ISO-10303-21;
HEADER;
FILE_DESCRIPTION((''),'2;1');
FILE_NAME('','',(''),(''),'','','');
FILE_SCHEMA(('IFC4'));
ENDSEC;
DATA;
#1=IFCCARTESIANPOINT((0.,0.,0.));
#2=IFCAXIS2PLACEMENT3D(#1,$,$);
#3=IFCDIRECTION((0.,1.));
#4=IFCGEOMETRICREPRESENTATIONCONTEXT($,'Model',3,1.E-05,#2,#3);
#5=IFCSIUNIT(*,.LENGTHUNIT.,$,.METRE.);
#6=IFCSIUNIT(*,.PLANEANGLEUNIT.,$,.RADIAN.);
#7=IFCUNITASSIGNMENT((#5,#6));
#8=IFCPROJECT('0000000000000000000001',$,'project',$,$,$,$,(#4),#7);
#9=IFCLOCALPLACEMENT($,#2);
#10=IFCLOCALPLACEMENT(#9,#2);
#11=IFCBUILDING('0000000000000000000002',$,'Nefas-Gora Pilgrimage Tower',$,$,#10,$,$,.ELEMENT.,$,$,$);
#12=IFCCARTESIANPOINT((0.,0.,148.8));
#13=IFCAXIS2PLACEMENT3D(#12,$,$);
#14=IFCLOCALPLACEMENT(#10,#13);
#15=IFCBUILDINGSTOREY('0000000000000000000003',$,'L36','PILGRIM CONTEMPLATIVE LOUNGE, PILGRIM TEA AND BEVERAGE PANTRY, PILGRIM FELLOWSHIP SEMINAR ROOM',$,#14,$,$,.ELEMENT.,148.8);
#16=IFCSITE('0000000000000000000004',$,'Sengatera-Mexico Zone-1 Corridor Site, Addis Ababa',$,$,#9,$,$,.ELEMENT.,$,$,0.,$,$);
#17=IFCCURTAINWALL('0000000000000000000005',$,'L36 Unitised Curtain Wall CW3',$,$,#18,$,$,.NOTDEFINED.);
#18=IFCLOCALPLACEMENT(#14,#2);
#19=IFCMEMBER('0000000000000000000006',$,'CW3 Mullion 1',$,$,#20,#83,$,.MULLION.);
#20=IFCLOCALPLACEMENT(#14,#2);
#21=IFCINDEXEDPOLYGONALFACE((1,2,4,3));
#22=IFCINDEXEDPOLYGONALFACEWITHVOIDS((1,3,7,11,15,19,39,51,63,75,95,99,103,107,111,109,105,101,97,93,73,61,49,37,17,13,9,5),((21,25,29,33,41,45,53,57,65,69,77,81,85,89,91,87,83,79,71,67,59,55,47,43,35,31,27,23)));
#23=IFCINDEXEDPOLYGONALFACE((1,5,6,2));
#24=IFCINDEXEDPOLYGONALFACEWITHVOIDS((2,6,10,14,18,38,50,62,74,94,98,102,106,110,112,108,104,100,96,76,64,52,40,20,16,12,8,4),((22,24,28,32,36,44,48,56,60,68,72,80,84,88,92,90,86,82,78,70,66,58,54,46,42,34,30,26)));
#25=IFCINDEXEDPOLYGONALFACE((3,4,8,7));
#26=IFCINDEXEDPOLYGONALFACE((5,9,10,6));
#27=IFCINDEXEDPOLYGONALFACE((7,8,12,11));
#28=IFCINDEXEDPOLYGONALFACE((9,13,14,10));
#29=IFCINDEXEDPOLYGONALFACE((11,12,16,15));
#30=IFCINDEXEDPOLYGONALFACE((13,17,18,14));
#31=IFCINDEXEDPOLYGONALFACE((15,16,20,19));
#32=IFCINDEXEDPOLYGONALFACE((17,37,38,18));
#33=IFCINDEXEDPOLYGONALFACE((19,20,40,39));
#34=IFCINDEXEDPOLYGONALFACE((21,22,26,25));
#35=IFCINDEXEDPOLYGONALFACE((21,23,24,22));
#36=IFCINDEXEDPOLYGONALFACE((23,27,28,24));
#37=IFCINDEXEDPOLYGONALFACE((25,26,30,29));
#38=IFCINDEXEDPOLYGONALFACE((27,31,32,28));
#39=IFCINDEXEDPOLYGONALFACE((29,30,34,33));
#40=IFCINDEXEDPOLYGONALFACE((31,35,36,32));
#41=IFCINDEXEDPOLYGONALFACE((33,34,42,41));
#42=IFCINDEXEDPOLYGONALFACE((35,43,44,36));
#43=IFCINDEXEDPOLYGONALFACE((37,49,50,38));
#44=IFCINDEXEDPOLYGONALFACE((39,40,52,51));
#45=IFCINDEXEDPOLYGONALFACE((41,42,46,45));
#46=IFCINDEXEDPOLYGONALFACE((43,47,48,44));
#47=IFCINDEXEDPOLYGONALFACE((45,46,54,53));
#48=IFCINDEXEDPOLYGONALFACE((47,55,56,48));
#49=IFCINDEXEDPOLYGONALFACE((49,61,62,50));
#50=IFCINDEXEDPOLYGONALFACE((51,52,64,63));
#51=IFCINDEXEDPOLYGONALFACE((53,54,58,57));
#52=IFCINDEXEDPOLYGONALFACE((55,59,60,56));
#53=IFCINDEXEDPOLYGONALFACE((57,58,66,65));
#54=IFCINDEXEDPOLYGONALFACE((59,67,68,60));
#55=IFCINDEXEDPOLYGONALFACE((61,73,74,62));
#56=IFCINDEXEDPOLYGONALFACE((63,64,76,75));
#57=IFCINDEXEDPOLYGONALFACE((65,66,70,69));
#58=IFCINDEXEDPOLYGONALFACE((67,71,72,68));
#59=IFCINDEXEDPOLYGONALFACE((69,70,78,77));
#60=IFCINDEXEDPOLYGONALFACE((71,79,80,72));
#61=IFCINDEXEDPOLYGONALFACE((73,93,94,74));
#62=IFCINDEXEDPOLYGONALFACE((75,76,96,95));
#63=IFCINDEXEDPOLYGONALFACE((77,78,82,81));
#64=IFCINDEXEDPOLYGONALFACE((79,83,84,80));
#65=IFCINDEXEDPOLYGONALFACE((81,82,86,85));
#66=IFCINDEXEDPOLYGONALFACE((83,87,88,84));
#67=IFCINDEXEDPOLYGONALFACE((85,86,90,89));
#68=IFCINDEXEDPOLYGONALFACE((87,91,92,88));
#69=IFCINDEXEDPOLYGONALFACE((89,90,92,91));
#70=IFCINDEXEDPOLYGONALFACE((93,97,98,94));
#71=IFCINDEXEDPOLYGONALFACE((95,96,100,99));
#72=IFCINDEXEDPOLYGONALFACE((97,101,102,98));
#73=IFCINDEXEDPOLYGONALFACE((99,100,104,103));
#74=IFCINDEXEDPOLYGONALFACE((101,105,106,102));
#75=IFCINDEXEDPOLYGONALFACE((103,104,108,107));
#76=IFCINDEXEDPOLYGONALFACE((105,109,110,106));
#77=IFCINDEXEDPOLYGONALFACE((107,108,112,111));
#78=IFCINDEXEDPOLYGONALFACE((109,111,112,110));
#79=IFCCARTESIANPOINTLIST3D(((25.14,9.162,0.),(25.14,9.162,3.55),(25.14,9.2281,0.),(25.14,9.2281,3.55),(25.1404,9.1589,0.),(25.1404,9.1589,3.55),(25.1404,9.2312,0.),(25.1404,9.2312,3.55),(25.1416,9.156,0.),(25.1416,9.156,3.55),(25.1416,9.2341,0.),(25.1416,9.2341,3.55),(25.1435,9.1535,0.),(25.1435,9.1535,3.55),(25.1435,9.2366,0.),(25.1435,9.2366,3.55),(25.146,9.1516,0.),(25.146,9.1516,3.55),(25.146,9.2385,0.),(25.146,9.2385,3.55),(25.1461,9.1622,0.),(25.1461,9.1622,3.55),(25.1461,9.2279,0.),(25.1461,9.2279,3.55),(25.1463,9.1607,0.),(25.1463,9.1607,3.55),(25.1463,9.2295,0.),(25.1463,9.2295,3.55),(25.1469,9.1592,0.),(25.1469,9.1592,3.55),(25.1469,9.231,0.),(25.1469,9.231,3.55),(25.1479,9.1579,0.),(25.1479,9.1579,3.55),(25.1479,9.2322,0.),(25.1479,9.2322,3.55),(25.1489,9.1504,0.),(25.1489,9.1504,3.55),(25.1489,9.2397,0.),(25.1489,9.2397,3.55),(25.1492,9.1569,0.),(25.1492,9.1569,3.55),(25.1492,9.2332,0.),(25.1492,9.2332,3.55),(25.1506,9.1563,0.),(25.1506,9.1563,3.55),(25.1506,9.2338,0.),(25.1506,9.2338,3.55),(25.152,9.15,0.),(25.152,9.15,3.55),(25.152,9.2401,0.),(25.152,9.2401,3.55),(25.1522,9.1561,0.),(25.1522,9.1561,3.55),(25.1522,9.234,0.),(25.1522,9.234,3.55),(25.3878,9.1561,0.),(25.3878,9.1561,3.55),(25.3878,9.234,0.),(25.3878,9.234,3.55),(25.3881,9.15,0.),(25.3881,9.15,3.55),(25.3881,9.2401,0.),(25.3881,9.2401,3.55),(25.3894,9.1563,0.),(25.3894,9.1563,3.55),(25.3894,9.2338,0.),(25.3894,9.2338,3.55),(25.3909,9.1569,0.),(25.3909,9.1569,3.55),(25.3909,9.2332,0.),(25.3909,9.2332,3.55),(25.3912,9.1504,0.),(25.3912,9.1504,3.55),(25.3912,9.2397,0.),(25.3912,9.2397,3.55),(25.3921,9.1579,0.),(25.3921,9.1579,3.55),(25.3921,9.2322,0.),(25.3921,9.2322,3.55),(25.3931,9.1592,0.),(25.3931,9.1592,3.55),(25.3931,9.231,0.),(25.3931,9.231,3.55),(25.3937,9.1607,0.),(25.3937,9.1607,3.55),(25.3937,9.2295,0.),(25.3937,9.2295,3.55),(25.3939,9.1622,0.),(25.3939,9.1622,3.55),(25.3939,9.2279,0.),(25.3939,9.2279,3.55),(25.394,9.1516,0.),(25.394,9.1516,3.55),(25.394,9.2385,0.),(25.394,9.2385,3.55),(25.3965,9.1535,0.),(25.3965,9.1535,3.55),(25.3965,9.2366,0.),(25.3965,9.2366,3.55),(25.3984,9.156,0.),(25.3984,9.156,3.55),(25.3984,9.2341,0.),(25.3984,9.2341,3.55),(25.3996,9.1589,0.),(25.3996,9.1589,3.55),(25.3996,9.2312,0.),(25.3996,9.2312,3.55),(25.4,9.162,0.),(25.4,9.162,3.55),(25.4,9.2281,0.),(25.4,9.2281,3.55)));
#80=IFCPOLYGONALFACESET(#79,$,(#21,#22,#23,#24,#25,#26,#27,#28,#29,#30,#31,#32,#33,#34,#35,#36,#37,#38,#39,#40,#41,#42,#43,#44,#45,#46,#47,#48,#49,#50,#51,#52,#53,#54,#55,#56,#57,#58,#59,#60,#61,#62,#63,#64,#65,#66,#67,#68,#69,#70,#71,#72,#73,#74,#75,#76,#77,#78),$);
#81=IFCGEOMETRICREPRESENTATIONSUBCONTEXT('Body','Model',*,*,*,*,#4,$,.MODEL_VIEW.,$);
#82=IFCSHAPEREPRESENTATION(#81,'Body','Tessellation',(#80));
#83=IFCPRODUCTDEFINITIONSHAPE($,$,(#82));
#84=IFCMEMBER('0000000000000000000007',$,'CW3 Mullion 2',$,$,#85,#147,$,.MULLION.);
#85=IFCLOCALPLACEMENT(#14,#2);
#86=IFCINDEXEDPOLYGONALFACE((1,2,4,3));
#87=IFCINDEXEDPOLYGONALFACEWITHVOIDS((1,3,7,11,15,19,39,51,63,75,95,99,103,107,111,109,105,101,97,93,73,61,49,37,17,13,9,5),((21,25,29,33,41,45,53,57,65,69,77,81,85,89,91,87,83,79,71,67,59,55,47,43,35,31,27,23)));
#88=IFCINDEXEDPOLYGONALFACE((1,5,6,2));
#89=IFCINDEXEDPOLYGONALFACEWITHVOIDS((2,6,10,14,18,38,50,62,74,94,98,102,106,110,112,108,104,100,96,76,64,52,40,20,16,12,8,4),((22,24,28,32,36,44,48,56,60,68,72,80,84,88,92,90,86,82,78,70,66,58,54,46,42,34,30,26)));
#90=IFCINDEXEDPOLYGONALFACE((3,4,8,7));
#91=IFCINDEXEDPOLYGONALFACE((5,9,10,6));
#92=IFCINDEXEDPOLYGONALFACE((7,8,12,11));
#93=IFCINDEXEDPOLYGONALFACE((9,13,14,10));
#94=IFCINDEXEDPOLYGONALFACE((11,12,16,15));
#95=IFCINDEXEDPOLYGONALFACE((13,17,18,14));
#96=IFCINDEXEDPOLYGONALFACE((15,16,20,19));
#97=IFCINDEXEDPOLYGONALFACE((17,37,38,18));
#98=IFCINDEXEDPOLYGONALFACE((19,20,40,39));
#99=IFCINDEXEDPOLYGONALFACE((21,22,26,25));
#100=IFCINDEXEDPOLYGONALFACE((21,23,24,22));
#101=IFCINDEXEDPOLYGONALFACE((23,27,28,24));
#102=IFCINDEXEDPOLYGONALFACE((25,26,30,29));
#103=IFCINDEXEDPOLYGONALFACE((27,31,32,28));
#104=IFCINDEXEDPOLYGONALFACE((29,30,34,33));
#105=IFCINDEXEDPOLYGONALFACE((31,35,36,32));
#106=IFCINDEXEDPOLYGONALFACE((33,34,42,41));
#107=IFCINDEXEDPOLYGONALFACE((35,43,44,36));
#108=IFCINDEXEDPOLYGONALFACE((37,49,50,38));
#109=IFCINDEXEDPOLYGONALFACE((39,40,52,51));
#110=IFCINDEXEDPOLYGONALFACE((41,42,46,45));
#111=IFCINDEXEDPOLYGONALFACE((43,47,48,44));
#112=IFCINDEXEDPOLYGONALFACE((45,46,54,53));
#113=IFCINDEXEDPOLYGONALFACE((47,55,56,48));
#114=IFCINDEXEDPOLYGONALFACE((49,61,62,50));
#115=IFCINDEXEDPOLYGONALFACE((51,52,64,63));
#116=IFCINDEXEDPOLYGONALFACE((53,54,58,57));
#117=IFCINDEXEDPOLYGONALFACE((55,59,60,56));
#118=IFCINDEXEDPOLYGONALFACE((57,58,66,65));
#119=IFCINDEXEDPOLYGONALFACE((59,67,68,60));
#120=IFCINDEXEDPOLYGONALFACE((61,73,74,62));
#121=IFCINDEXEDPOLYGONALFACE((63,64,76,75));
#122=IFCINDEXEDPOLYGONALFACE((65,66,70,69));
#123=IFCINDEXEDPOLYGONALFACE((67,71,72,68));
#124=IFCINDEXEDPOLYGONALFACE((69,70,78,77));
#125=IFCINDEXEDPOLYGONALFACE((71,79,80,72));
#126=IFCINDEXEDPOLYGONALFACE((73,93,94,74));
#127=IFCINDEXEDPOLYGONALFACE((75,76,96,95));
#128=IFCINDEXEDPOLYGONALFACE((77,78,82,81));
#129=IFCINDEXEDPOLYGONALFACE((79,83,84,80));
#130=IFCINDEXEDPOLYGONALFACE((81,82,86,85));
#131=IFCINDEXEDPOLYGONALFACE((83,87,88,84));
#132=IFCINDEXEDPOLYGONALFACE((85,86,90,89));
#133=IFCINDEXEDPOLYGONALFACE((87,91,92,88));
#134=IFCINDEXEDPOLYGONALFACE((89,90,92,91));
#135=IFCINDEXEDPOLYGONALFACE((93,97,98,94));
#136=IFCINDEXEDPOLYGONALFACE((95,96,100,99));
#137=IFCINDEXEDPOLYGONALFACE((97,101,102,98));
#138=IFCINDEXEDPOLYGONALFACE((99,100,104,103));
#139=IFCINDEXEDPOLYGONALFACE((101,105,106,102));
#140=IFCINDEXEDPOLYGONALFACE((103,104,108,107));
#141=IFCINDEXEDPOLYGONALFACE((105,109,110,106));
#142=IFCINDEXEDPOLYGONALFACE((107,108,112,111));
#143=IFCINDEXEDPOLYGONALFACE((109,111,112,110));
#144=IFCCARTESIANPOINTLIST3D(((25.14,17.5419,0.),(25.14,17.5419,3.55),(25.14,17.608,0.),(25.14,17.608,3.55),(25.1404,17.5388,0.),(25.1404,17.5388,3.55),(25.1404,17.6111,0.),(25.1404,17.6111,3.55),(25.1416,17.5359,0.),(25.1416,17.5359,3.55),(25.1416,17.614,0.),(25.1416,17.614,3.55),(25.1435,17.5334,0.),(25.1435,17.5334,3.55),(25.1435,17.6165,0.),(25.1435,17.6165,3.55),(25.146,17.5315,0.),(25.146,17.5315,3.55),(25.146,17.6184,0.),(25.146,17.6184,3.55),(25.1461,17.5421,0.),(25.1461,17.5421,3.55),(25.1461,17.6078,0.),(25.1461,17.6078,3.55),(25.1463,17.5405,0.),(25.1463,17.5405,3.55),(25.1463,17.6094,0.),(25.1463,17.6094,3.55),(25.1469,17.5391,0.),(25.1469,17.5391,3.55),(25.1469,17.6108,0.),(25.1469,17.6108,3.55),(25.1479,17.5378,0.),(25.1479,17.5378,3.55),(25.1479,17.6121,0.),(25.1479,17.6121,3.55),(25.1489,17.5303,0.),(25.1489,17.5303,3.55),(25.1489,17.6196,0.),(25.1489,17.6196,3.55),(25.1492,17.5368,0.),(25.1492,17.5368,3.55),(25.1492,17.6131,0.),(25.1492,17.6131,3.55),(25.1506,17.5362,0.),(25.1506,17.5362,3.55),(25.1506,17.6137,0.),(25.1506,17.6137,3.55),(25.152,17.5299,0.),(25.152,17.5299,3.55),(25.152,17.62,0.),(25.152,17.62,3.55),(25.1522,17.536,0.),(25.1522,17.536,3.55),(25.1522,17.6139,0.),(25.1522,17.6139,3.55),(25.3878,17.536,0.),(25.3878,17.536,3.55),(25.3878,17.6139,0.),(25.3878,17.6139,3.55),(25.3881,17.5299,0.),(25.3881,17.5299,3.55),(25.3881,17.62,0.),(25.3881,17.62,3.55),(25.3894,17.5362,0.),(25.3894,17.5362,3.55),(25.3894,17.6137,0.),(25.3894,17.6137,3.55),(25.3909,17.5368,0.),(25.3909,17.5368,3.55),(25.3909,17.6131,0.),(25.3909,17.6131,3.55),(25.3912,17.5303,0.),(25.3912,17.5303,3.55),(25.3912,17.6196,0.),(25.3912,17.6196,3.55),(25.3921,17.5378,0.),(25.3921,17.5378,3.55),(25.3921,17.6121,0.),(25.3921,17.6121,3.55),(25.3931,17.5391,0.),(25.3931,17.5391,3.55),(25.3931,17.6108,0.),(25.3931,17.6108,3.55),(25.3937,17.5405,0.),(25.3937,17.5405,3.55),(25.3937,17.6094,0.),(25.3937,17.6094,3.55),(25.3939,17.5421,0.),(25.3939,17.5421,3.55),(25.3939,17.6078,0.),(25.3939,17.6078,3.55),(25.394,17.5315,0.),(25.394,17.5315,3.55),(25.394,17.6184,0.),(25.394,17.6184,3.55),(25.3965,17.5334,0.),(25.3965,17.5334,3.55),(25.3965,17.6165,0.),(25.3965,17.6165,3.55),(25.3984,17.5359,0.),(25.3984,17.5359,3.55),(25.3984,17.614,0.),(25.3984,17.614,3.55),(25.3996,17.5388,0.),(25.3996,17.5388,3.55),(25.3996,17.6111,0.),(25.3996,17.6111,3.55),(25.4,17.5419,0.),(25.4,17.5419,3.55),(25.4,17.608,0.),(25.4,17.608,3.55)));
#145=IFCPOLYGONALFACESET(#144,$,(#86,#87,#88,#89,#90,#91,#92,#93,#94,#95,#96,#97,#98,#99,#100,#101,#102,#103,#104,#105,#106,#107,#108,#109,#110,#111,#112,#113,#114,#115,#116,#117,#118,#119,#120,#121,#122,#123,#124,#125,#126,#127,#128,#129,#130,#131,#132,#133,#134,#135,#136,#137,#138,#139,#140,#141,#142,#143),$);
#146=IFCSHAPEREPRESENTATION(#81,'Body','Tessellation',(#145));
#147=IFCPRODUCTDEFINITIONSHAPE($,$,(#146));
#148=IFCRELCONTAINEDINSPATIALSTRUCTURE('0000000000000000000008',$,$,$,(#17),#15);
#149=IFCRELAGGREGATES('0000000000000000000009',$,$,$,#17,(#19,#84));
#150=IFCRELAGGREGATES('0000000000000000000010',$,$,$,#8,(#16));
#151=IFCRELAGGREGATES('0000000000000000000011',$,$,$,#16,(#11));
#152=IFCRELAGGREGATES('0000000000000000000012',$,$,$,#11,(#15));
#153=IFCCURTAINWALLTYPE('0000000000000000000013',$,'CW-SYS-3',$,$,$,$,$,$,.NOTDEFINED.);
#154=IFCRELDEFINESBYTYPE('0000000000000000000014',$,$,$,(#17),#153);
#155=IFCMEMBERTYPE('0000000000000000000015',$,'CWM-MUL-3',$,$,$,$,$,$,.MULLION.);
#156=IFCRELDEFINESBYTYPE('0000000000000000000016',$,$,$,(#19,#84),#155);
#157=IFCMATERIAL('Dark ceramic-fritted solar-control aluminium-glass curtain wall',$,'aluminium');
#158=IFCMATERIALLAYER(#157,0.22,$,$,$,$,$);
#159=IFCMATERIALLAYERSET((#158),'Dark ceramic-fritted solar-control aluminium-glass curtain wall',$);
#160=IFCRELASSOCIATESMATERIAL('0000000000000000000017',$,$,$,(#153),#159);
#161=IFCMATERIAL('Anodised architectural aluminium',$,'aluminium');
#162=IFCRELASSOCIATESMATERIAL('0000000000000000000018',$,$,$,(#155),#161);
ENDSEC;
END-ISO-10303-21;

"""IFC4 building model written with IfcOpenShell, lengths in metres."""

from ifc_helpers import new_model, si_unit, direction, frame, origin, origin_2d, place, context, subcontext, project, spatial, hollow_rectangle, extrude, source, transform, mapped, material, layer, layer_set, material_profile, profile_set, type_object, element, aggregate, save


model = new_model("IFC4")

# Units and contexts
model_context = context("Model", 3, precision=1e-05, world=origin(), true_north=direction((0.0, 1.0)))
body_context = subcontext(model_context, "Body", "Model", "MODEL_VIEW")
ifc_project = project(units=[si_unit("LENGTHUNIT", "METRE"), si_unit("PLANEANGLEUNIT", "RADIAN")], contexts=[model_context])

# Site, building, storey
site_placement = place(None, origin())
site = spatial("IfcSite", under=ifc_project, at=site_placement, Name="Sengatera-Mexico Zone-1 Corridor Site, Addis Ababa", CompositionType="ELEMENT", RefElevation=0.0)
building_placement = place(site_placement, origin())
building = spatial("IfcBuilding", under=site, at=building_placement, Name="Nefas-Gora Pilgrimage Tower", CompositionType="ELEMENT")
storey_placement = place(building_placement, frame((0.0, 0.0, 148.8)))
storey = spatial("IfcBuildingStorey", under=building, at=storey_placement, Name="L36", Description="PILGRIM CONTEMPLATIVE LOUNGE, PILGRIM TEA AND BEVERAGE PANTRY, PILGRIM FELLOWSHIP SEMINAR ROOM", CompositionType="ELEMENT", Elevation=148.8)

# Curtain wall, members
ifc_material_1 = material(Name="Dark ceramic-fritted solar-control aluminium-glass curtain wall", Category="aluminium")
ifc_layer_1 = layer(ifc_material_1, 0.22)
ifc_layer_set_1 = layer_set([ifc_layer_1], Name="Dark ceramic-fritted solar-control aluminium-glass curtain wall")
curtain_wall_type = type_object("IfcCurtainWallType", Name="CW-SYS-3", PredefinedType="NOTDEFINED", material=ifc_layer_set_1)
curtain_wall_1_placement = place(storey_placement, origin())
curtain_wall_1 = element("IfcCurtainWall", 1, at=curtain_wall_1_placement, inside=storey, type_object=curtain_wall_type, Name="L36 Unitised Curtain Wall CW3", PredefinedType="NOTDEFINED")
ifc_material_2 = material(Name="Anodised architectural aluminium", Category="aluminium")
ifc_material_profile_1 = material_profile(ifc_material_2, hollow_rectangle(XDim=0.0901, YDim=0.26, WallThickness=0.0061, InnerFilletRadius=0.0061, OuterFilletRadius=0.012, at=origin_2d()), Name="ALU MULLION 90x260")
ifc_profile_set_1 = profile_set([ifc_material_profile_1], Name="Anodised architectural aluminium")
member_type_1 = type_object("IfcMemberType", Name="CWM-MUL-3", PredefinedType="MULLION", material=ifc_profile_set_1)
shared_shape_1 = source(origin(), body_context, "Body", "SweptSolid", [
    extrude(hollow_rectangle(XDim=0.0901, YDim=0.26, WallThickness=0.0061, InnerFilletRadius=0.0061, OuterFilletRadius=0.012, at=origin_2d()), origin(), (0.0, 0.0, 1.0), 3.55),
])
member_1_placement = place(storey_placement, frame((25.27, 9.1951, 0.0), z_axis=(0.0, 0.0, 1.0), x_axis=(0.0, 1.0, 0.0)))
member_1 = element("IfcMember", 2, at=member_1_placement, type_object=member_type_1, Name="CW3 Mullion 1", PredefinedType="MULLION", context=body_context, shape_type="MappedRepresentation", body=[
    mapped(shared_shape_1, transform((0.0, 0.0, 0.0), x_axis=(1.0, 0.0, 0.0), y_axis=(0.0, 1.0, 0.0), z_axis=(0.0, 0.0, 1.0), scale=1.0)),
])
member_2_placement = place(storey_placement, frame((25.27, 17.575, 0.0), z_axis=(0.0, 0.0, 1.0), x_axis=(0.0, 1.0, 0.0)))
member_2 = element("IfcMember", 3, at=member_2_placement, type_object=member_type_1, Name="CW3 Mullion 2", PredefinedType="MULLION", context=body_context, shape_type="MappedRepresentation", body=[
    mapped(shared_shape_1, transform((0.0, 0.0, 0.0), x_axis=(1.0, 0.0, 0.0), y_axis=(0.0, 1.0, 0.0), z_axis=(0.0, 0.0, 1.0), scale=1.0)),
])

aggregate(curtain_wall_1, [member_1, member_2])

save(model, "model.ifc")
